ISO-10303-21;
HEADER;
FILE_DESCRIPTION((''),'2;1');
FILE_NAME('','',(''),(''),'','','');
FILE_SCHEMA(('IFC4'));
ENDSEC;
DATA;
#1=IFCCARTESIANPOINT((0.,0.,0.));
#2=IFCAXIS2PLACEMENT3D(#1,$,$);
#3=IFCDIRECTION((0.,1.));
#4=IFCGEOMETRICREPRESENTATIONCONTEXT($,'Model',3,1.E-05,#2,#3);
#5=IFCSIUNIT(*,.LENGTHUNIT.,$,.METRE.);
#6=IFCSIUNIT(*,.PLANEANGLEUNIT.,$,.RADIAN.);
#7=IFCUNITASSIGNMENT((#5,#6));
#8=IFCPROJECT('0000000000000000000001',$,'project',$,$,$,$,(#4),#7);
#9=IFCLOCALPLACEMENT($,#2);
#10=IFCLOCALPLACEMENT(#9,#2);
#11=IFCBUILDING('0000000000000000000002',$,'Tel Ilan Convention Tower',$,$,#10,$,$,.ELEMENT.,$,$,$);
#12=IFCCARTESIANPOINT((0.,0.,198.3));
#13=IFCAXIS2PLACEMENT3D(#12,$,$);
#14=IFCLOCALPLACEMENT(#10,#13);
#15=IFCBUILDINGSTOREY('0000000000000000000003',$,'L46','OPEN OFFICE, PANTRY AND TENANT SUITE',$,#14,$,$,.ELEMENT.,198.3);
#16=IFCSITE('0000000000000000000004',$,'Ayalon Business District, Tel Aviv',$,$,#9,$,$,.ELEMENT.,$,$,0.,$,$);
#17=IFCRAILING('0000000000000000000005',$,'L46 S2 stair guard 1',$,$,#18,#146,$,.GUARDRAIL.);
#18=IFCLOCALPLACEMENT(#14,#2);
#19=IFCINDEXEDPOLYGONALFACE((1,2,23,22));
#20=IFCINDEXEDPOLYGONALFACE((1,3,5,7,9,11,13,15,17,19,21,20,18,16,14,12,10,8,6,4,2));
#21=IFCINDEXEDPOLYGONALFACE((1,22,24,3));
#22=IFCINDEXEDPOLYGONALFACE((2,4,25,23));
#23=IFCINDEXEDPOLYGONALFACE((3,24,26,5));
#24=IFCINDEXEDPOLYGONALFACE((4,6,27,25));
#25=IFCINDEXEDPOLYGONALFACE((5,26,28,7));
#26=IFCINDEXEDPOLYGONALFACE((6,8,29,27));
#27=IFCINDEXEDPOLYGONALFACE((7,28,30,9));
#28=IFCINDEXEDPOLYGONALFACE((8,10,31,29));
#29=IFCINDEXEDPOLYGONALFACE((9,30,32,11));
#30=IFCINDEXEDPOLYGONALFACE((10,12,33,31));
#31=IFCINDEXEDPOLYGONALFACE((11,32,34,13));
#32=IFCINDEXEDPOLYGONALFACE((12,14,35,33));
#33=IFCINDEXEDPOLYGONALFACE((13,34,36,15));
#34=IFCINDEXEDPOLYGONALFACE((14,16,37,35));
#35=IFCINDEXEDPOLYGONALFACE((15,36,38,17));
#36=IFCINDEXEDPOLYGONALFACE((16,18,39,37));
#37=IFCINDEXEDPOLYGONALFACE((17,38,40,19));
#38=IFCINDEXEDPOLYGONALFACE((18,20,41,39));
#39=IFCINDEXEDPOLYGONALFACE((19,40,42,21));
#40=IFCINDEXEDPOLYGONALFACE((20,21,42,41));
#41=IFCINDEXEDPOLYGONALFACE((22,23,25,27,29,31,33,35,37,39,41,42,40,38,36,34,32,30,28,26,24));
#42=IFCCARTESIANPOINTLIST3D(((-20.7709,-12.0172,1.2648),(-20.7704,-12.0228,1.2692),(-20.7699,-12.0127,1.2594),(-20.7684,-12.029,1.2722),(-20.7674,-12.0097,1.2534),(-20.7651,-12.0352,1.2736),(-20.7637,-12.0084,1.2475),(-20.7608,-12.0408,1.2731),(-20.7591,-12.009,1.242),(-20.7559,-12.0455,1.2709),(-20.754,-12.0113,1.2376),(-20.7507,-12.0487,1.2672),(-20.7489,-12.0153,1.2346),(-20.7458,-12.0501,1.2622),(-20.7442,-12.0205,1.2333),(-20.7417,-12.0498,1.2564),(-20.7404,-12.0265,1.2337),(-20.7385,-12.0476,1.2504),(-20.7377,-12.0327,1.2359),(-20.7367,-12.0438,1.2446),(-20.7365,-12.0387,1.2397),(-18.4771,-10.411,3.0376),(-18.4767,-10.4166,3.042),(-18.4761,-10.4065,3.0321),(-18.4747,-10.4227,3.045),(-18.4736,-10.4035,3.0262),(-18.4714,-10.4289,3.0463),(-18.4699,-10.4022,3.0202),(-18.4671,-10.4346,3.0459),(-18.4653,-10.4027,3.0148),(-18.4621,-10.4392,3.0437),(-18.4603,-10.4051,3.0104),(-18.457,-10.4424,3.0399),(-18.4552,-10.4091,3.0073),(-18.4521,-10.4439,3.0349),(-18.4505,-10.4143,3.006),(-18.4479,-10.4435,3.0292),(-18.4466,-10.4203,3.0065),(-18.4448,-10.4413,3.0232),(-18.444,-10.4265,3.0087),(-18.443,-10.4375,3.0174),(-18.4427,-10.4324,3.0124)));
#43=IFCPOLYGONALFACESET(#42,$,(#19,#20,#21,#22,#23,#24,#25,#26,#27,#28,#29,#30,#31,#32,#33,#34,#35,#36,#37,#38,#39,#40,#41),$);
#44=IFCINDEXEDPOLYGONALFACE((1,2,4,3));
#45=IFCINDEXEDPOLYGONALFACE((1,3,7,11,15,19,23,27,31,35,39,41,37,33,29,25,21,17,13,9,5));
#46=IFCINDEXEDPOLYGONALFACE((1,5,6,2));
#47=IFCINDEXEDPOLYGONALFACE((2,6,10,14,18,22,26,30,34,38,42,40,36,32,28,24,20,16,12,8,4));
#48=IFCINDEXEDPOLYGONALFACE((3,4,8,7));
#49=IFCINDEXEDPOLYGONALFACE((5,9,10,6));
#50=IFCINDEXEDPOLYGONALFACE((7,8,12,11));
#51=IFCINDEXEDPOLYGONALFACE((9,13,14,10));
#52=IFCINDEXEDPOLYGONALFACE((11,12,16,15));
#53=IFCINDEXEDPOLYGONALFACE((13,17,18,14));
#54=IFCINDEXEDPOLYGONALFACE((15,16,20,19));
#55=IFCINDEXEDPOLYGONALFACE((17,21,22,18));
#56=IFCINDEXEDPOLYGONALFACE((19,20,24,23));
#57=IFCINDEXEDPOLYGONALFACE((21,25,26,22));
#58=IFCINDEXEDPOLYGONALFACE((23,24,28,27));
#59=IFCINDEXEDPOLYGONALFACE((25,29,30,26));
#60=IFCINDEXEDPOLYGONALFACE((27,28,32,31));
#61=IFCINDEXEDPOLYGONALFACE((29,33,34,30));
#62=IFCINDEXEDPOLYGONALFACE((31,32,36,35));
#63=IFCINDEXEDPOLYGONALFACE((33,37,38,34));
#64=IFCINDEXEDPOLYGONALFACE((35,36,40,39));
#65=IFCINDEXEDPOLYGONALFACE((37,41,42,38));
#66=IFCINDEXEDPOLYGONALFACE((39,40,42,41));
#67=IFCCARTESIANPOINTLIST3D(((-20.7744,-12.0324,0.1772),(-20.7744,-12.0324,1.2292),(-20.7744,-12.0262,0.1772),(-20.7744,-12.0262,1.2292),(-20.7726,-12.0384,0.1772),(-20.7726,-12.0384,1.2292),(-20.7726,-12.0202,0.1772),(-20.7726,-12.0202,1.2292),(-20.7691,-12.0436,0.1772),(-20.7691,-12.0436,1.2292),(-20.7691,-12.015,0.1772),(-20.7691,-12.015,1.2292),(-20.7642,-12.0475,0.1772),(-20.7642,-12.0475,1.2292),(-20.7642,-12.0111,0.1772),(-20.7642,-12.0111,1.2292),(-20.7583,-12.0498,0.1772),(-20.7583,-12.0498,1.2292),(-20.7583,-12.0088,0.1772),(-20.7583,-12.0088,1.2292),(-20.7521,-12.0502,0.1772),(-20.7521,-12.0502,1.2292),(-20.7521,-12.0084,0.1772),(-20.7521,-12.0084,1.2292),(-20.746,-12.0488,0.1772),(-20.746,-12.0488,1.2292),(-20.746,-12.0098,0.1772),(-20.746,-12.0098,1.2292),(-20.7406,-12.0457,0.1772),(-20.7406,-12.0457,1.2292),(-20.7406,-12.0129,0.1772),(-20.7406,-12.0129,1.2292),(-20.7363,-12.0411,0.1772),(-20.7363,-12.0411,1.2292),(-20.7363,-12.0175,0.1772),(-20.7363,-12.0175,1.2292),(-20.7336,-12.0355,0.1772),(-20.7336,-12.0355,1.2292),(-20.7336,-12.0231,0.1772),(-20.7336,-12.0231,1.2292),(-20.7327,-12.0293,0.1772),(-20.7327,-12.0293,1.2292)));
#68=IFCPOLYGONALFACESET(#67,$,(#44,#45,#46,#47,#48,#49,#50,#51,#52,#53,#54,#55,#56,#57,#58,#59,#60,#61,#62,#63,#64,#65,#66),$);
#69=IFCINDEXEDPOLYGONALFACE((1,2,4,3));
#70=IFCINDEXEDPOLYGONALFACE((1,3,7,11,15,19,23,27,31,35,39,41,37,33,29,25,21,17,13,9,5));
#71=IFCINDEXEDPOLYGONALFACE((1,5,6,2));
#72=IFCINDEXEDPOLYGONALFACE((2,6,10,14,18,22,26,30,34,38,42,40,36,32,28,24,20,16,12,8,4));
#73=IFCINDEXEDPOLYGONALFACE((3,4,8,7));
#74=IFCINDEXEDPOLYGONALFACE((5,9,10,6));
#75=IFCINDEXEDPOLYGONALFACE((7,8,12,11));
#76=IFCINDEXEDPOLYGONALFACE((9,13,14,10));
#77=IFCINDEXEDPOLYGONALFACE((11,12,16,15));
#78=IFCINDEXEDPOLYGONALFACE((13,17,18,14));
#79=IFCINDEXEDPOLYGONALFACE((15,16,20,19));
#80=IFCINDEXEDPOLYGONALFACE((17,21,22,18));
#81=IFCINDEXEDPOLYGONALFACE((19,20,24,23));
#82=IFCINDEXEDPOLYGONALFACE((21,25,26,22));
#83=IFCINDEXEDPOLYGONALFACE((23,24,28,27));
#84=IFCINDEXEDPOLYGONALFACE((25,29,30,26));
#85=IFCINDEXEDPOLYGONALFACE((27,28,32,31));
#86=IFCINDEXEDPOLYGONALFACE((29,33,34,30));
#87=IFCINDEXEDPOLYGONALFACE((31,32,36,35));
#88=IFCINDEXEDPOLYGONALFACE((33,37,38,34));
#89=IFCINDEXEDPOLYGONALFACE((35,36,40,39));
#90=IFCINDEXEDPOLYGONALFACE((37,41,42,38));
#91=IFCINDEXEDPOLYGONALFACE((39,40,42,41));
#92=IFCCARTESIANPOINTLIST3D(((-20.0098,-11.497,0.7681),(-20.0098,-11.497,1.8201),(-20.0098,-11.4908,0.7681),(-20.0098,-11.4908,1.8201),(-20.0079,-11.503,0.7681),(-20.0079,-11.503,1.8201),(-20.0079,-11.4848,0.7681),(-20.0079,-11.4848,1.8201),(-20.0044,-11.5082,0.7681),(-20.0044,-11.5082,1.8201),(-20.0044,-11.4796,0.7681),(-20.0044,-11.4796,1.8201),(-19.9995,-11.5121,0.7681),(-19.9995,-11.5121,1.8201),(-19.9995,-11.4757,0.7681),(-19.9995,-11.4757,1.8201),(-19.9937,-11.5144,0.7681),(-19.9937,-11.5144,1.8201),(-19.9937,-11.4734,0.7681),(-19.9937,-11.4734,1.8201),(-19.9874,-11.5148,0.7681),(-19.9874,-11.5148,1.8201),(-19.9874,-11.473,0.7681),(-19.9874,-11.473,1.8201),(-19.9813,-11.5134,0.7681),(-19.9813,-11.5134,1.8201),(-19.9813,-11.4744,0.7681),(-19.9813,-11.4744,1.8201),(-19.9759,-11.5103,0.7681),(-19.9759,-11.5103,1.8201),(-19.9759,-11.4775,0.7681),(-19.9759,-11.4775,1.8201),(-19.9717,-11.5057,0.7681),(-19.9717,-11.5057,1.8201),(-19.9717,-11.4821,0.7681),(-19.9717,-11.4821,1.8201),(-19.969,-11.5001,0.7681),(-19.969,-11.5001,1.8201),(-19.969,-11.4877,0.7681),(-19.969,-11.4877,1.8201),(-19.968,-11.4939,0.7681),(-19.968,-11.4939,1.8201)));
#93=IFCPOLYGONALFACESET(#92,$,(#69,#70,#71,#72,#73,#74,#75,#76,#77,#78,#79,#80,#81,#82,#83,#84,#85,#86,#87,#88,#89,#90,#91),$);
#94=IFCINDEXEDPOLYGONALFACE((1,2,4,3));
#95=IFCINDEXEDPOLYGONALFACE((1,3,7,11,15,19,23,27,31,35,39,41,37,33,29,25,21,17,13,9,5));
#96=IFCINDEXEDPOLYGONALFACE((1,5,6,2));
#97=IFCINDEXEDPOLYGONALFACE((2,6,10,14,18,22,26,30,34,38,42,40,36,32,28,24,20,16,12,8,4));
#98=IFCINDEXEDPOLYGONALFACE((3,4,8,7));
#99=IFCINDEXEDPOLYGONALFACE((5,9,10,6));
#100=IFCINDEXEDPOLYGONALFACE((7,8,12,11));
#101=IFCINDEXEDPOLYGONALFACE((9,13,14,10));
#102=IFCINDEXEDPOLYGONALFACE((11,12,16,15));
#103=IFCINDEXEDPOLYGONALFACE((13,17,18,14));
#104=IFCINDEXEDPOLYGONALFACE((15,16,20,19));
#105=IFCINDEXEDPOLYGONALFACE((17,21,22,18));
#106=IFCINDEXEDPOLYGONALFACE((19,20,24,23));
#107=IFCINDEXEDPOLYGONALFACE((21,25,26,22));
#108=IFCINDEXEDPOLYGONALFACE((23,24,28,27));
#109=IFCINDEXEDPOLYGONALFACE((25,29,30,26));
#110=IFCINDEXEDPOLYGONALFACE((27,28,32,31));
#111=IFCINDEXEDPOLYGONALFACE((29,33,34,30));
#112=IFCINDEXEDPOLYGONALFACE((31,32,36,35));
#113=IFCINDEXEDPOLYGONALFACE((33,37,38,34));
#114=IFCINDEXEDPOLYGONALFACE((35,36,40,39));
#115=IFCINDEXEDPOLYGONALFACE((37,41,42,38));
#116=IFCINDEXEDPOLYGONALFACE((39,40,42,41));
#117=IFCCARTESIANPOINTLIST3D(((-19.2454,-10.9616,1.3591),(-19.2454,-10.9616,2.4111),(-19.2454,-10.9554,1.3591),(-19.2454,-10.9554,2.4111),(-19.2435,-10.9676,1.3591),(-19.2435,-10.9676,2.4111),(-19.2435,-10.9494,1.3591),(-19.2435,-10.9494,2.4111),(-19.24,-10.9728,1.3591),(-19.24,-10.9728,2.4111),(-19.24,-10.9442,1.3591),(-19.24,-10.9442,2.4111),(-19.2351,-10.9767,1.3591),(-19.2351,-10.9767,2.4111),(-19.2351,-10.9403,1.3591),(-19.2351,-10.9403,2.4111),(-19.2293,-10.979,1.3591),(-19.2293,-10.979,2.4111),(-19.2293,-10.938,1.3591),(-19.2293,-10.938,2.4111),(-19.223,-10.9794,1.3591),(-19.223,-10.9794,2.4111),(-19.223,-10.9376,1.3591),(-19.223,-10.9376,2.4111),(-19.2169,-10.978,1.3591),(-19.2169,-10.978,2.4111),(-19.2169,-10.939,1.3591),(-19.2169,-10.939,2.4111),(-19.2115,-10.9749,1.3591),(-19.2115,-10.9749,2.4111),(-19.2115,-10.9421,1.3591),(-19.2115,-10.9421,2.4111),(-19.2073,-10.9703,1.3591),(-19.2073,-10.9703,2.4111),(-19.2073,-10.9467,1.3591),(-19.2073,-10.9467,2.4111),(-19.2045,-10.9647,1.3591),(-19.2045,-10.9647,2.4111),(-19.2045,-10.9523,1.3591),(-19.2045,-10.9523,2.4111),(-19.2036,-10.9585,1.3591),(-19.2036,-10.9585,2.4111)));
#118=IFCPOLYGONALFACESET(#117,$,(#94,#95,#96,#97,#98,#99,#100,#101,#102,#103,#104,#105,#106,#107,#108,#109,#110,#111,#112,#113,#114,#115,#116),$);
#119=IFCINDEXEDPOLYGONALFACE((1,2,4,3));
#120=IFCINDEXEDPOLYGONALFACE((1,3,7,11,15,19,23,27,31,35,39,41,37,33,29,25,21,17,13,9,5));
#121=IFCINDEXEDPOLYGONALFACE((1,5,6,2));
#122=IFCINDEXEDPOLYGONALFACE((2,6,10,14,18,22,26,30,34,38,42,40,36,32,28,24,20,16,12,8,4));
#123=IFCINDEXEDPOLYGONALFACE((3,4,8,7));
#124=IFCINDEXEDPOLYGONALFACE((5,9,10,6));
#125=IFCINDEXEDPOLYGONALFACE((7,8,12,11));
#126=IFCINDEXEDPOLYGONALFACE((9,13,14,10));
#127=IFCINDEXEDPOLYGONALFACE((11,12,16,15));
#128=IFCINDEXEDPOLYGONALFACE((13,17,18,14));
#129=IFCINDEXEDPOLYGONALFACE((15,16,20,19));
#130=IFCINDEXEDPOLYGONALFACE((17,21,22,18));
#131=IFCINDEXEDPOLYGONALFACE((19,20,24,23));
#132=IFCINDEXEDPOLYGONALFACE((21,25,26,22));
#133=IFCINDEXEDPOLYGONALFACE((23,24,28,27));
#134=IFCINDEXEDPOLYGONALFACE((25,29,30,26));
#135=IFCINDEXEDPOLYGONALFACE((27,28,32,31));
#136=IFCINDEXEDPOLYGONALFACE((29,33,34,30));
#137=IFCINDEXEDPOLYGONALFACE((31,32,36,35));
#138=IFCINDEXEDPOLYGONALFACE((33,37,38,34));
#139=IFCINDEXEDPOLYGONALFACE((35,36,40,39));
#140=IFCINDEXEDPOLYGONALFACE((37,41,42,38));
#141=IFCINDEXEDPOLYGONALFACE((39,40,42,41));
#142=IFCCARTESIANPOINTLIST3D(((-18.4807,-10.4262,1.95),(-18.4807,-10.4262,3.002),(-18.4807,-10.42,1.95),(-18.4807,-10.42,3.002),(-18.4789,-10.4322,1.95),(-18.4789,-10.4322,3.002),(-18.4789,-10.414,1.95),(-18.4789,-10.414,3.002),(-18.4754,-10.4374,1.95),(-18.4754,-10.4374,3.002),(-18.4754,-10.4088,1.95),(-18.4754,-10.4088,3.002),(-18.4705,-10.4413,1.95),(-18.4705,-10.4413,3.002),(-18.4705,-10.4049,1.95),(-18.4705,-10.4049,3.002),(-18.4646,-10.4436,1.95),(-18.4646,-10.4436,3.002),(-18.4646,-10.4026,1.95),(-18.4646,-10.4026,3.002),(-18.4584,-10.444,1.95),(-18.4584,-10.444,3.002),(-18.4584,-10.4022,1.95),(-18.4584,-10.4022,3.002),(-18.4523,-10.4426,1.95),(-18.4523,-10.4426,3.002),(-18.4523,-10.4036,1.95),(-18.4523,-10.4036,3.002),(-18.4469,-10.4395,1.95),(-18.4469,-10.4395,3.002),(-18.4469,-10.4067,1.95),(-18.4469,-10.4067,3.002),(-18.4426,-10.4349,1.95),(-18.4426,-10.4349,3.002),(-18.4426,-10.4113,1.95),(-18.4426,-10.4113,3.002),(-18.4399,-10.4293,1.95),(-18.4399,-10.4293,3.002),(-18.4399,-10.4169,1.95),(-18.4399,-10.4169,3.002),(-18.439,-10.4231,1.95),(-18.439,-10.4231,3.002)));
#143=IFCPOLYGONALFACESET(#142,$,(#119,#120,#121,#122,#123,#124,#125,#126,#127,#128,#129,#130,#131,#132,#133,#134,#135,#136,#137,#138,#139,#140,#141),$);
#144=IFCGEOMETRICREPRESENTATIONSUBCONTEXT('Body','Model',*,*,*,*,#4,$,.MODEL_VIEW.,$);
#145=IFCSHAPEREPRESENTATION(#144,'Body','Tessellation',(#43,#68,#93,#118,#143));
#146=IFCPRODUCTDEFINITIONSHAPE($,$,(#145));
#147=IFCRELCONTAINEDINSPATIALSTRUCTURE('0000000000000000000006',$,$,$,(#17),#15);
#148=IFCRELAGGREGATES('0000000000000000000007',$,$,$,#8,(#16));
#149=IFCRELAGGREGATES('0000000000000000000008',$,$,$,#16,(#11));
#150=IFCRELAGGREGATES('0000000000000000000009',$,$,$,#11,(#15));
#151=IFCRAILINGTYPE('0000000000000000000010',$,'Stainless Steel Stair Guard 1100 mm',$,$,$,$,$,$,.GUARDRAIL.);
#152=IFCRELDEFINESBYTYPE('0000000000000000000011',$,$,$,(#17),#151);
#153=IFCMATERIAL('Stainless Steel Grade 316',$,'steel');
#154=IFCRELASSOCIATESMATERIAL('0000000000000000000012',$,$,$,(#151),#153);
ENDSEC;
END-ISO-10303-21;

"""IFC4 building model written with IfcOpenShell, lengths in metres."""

from ifc_helpers import new_model, si_unit, direction, frame, origin, origin_2d, place, context, subcontext, project, spatial, circle, extrude, material, type_object, element, save


model = new_model("IFC4")

# Units and contexts
model_context = context("Model", 3, precision=1e-05, world=origin(), true_north=direction((0.0, 1.0)))
body_context = subcontext(model_context, "Body", "Model", "MODEL_VIEW")
ifc_project = project(units=[si_unit("LENGTHUNIT", "METRE"), si_unit("PLANEANGLEUNIT", "RADIAN")], contexts=[model_context])

# Site, building, storey
site_placement = place(None, origin())
site = spatial("IfcSite", under=ifc_project, at=site_placement, Name="Ayalon Business District, Tel Aviv", CompositionType="ELEMENT", RefElevation=0.0)
building_placement = place(site_placement, origin())
building = spatial("IfcBuilding", under=site, at=building_placement, Name="Tel Ilan Convention Tower", CompositionType="ELEMENT")
storey_placement = place(building_placement, frame((0.0, 0.0, 198.3)))
storey = spatial("IfcBuildingStorey", under=building, at=storey_placement, Name="L46", Description="OPEN OFFICE, PANTRY AND TENANT SUITE", CompositionType="ELEMENT", Elevation=198.3)

# Railing
ifc_material_1 = material(Name="Stainless Steel Grade 316", Category="steel")
railing_type_1 = type_object("IfcRailingType", Name="Stainless Steel Stair Guard 1100 mm", PredefinedType="GUARDRAIL", material=ifc_material_1)
railing_1_placement = place(storey_placement, frame((-20.7537, -12.0293, 0.1772)))
element("IfcRailing", 1, at=railing_1_placement, inside=storey, type_object=railing_type_1, Name="L46 S2 stair guard 1", PredefinedType="GUARDRAIL", context=body_context, shape_type="SweptSolid", body=[
    extrude(circle(Radius=0.0239, at=origin_2d()), frame((0.0, 0.0, 1.0762), z_axis=(0.692098, 0.484653, 0.534894), x_axis=(-0.573609, 0.81913, 0.0)), (0.0, 0.0, 1.0), 3.3142),
    extrude(circle(Radius=0.021, at=origin_2d()), origin(), (0.0, 0.0, 1.0), 1.052),
    extrude(circle(Radius=0.021, at=origin_2d()), frame((0.7646, 0.5354, 0.5908)), (0.0, 0.0, 1.0), 1.052),
    extrude(circle(Radius=0.021, at=origin_2d()), frame((1.5291, 1.0708, 1.1819)), (0.0, 0.0, 1.0), 1.052),
    extrude(circle(Radius=0.021, at=origin_2d()), frame((2.2937, 1.6062, 1.7727)), (0.0, 0.0, 1.0), 1.052),
])

save(model, "model.ifc")
